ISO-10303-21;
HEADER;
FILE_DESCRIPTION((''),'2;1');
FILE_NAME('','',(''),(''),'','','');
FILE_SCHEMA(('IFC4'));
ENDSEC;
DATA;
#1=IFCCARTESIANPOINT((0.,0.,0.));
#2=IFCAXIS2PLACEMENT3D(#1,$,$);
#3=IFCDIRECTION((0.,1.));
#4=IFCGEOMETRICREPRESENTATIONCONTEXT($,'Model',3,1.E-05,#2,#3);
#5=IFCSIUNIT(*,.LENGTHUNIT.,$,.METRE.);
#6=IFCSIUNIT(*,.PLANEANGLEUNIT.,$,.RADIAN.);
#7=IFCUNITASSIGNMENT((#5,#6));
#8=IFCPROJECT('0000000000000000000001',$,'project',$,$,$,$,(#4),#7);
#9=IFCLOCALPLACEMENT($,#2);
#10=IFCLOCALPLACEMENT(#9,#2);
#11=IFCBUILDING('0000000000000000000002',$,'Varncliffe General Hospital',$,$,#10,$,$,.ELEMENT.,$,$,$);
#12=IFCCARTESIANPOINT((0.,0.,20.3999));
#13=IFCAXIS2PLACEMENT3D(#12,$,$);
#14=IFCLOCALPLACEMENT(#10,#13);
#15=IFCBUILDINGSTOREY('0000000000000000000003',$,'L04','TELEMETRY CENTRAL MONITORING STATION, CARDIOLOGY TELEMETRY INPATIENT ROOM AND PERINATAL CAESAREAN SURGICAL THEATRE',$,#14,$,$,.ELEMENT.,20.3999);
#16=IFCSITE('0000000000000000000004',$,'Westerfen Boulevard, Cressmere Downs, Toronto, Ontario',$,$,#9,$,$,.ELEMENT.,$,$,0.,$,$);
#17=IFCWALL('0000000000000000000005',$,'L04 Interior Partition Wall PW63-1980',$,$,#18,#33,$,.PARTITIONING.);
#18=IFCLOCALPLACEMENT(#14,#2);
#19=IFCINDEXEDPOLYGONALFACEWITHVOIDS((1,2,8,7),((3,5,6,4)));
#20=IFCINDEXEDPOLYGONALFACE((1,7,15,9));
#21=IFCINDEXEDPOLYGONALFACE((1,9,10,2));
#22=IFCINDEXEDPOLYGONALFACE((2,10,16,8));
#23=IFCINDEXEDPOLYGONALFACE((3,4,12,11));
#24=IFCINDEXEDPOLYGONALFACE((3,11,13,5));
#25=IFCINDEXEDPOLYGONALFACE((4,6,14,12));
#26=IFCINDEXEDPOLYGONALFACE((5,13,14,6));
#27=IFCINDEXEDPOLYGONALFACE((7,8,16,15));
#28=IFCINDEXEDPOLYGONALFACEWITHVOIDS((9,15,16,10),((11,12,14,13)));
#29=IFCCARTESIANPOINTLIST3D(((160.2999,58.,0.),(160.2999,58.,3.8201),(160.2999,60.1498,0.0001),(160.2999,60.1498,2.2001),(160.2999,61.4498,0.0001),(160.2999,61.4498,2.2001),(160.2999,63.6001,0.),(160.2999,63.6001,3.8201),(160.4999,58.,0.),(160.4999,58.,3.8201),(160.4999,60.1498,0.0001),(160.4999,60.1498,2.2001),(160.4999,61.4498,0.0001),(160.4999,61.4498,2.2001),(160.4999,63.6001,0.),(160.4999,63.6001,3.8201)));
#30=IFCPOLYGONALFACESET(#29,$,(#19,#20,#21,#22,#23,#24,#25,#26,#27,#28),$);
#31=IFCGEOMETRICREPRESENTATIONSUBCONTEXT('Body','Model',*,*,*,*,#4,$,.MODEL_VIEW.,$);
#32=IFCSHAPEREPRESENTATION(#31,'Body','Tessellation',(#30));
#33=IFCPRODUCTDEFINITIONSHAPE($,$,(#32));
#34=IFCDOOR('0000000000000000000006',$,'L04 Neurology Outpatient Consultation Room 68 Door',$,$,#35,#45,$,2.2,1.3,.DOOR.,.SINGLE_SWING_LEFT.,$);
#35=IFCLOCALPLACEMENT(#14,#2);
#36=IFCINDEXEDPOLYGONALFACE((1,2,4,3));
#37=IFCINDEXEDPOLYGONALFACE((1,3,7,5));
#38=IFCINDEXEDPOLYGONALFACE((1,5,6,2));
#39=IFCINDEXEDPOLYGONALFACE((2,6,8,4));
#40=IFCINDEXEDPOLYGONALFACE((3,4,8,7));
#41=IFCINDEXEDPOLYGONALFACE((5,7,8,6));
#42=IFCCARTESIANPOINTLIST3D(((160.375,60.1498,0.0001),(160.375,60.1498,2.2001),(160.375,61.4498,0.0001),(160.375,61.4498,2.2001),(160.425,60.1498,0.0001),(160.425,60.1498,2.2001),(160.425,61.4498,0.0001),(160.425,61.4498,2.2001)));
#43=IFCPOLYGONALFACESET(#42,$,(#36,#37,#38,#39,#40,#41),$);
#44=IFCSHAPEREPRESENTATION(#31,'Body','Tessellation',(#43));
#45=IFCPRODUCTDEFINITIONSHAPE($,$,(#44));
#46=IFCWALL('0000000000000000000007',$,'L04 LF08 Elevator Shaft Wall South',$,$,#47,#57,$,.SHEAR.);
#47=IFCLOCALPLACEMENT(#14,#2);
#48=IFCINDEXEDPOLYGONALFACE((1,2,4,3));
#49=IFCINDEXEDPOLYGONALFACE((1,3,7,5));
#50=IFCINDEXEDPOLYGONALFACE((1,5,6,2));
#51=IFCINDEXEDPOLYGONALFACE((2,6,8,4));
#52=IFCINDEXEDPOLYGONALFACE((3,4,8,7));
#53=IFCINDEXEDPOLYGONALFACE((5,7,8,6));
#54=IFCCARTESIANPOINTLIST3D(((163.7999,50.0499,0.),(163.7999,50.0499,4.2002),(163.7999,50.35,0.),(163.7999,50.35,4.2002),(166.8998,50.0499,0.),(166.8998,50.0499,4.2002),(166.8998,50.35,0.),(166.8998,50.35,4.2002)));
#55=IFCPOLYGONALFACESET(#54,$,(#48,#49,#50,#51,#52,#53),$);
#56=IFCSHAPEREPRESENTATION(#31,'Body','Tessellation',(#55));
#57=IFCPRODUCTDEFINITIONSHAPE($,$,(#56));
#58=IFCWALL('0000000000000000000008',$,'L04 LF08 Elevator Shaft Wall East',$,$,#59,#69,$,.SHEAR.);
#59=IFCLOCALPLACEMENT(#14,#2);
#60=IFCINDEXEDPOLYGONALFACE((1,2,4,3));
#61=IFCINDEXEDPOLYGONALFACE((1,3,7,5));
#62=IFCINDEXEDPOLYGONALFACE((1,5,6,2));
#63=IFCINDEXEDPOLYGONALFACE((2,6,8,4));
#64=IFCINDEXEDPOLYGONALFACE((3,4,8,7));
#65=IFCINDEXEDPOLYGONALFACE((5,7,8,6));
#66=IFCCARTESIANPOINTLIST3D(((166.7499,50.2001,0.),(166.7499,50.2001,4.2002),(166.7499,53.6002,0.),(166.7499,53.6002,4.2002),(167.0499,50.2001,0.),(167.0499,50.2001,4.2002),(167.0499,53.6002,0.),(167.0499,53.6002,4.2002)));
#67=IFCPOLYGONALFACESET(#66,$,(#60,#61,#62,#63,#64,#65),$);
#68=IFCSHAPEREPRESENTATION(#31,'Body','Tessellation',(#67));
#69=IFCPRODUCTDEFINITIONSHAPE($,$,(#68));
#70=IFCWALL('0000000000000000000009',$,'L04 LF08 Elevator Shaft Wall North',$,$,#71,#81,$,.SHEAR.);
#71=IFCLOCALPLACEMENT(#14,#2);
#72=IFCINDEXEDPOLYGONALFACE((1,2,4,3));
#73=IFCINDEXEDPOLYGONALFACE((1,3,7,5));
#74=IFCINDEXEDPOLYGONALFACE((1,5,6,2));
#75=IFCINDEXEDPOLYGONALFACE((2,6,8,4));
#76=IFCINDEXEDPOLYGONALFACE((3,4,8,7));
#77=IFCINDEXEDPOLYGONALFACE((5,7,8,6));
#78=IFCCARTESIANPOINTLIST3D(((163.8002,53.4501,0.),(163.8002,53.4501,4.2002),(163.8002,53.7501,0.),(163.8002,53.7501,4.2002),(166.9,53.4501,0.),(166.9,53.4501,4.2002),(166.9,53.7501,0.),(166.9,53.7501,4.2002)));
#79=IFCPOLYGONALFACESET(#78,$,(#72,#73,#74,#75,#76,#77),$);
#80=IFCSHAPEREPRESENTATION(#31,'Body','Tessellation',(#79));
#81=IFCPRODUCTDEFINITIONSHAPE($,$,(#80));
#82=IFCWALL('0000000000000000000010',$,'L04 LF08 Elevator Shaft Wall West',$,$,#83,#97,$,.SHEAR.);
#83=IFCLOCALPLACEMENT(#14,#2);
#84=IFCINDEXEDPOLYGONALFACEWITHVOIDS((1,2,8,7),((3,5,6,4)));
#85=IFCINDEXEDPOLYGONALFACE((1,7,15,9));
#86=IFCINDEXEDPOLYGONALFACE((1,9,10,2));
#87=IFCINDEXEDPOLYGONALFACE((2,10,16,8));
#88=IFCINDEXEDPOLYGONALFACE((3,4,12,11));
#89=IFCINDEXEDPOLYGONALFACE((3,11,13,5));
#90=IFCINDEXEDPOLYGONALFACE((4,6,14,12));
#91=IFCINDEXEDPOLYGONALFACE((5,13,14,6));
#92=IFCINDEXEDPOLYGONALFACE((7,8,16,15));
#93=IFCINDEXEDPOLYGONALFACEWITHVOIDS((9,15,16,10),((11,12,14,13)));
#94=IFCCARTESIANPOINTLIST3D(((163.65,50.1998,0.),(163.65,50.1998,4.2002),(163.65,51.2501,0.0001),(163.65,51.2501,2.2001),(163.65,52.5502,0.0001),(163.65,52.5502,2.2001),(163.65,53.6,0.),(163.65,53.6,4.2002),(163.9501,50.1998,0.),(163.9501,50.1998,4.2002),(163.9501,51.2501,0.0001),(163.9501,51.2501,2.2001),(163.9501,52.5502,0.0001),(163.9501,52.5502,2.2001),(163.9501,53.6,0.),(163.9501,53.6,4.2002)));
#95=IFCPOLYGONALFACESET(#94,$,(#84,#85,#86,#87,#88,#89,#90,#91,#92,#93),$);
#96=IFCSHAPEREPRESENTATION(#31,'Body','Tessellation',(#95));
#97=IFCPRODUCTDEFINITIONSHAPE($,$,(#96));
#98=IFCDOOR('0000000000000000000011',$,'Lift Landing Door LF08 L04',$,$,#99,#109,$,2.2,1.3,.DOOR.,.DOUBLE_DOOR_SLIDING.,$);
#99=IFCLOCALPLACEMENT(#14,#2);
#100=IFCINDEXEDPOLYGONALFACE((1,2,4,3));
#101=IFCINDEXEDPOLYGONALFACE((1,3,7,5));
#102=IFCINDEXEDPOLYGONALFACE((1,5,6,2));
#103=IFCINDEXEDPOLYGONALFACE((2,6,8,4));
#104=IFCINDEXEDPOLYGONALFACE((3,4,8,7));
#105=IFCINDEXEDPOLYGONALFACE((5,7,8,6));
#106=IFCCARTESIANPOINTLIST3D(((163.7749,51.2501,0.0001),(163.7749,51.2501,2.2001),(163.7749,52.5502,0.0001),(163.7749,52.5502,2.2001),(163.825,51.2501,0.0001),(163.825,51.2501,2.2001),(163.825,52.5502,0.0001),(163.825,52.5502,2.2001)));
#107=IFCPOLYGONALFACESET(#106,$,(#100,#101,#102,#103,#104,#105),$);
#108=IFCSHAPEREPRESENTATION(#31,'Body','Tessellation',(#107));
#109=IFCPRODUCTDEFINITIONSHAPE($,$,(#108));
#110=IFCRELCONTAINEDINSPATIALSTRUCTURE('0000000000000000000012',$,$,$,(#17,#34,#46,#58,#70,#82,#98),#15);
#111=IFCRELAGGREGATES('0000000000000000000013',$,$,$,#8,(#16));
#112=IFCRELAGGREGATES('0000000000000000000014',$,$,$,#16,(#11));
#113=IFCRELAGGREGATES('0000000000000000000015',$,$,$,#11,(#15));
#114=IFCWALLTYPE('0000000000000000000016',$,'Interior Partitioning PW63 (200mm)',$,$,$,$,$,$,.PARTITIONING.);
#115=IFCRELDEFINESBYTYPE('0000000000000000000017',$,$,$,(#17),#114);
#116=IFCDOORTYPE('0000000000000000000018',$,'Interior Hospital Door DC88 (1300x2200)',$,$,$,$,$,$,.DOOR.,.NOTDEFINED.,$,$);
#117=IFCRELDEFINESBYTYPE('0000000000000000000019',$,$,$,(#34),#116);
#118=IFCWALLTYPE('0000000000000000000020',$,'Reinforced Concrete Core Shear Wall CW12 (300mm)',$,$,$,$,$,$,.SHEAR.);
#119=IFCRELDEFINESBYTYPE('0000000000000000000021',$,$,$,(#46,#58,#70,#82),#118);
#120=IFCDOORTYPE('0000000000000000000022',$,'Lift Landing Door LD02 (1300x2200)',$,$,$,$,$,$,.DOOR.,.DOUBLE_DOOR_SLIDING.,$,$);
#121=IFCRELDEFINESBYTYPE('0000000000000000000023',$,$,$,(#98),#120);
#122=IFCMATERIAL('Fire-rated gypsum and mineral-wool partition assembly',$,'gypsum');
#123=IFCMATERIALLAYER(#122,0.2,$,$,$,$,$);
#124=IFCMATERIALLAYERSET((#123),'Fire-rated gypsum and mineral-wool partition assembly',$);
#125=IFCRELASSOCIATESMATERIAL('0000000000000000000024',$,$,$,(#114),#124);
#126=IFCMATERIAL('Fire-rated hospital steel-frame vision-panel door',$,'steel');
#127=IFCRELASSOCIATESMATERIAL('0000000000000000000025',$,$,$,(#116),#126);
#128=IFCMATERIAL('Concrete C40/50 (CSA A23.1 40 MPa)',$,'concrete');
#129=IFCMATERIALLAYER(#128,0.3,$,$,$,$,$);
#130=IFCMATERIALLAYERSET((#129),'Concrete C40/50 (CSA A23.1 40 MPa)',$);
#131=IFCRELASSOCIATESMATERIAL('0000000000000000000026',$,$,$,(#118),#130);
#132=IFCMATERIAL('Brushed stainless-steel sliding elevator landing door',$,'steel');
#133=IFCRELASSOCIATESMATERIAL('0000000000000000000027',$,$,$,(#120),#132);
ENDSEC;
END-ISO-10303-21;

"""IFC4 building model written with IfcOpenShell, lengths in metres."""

from ifc_helpers import new_model, si_unit, direction, frame, frame_2d, origin, place, context, subcontext, project, spatial, rectangle, extrude, material, layer, layer_set, type_object, element, fill, save


model = new_model("IFC4")

# Units and contexts
model_context = context("Model", 3, precision=1e-05, world=origin(), true_north=direction((0.0, 1.0)))
body_context = subcontext(model_context, "Body", "Model", "MODEL_VIEW")
ifc_project = project(units=[si_unit("LENGTHUNIT", "METRE"), si_unit("PLANEANGLEUNIT", "RADIAN")], contexts=[model_context])

# Site, building, storey
site_placement = place(None, origin())
site = spatial("IfcSite", under=ifc_project, at=site_placement, Name="Westerfen Boulevard, Cressmere Downs, Toronto, Ontario", CompositionType="ELEMENT", RefElevation=0.0)
building_placement = place(site_placement, origin())
building = spatial("IfcBuilding", under=site, at=building_placement, Name="Varncliffe General Hospital", CompositionType="ELEMENT")
storey_placement = place(building_placement, frame((0.0, 0.0, 20.3999)))
storey = spatial("IfcBuildingStorey", under=building, at=storey_placement, Name="L04", Description="TELEMETRY CENTRAL MONITORING STATION, CARDIOLOGY TELEMETRY INPATIENT ROOM AND PERINATAL CAESAREAN SURGICAL THEATRE", CompositionType="ELEMENT", Elevation=20.3999)

# Shared definitions
ifc_material_1 = material(Name="Concrete C40/50 (CSA A23.1 40 MPa)", Category="concrete")

# Wall, opening, door
ifc_material_2 = material(Name="Fire-rated gypsum and mineral-wool partition assembly", Category="gypsum")
ifc_layer_1 = layer(ifc_material_2, 0.2)
ifc_layer_set_1 = layer_set([ifc_layer_1], Name="Fire-rated gypsum and mineral-wool partition assembly")
wall_type_1 = type_object("IfcWallType", Name="Interior Partitioning PW63 (200mm)", PredefinedType="PARTITIONING", material=ifc_layer_set_1)
ifc_material_3 = material(Name="Fire-rated hospital steel-frame vision-panel door", Category="steel")
wall_1_placement = place(storey_placement, frame((160.3999, 58.0, 0.0), z_axis=(0.0, 0.0, 1.0), x_axis=(0.0, 1.0, 0.0)))
wall_1 = element("IfcWall", 1, at=wall_1_placement, inside=storey, type_object=wall_type_1, Name="L04 Interior Partition Wall PW63-1980", PredefinedType="PARTITIONING", context=body_context, shape_type="SweptSolid", body=[
    extrude(rectangle(XDim=5.6001, YDim=0.2, at=frame_2d((2.8, 0.0))), origin(), (0.0, 0.0, 1.0), 3.8201),
])
opening_1_placement = place(wall_1_placement, frame((2.1499, 0.0, 0.0)))
opening_1 = element("IfcOpeningElement", 2, at=opening_1_placement, cuts=wall_1, PredefinedType="OPENING", context=body_context, shape_type="SweptSolid", body=[
    extrude(rectangle(XDim=1.3, YDim=2.2, at=frame_2d((0.6499, 1.1001))), frame((0.0, 0.1099, 0.0), z_axis=(0.0, -1.0, 0.0), x_axis=(1.0, 0.0, 0.0)), (0.0, 0.0, 1.0), 0.22),
])
door_type_1 = type_object("IfcDoorType", Name="Interior Hospital Door DC88 (1300x2200)", OperationType="NOTDEFINED", PredefinedType="DOOR", material=ifc_material_3)
door_1_placement = place(opening_1_placement, origin())
door_1 = element("IfcDoor", 3, at=door_1_placement, inside=storey, type_object=door_type_1, Name="L04 Neurology Outpatient Consultation Room 68 Door", OperationType="SINGLE_SWING_LEFT", OverallHeight=2.2, OverallWidth=1.3, PredefinedType="DOOR", context=body_context, shape_type="SweptSolid", body=[
    extrude(rectangle(XDim=1.3, YDim=2.2, at=frame_2d((0.6499, 1.1001))), frame((0.0, 0.0249, 0.0), z_axis=(0.0, -1.0, 0.0), x_axis=(1.0, 0.0, 0.0)), (0.0, 0.0, 1.0), 0.05),
])
fill(opening_1, door_1)

# Walls
ifc_layer_2 = layer(ifc_material_1, 0.3)
ifc_layer_set_2 = layer_set([ifc_layer_2], Name="Concrete C40/50 (CSA A23.1 40 MPa)")
wall_type_2 = type_object("IfcWallType", Name="Reinforced Concrete Core Shear Wall CW12 (300mm)", PredefinedType="SHEAR", material=ifc_layer_set_2)
wall_2_placement = place(storey_placement, frame((163.8, 50.2, 0.0), z_axis=(0.0, 0.0, 1.0), x_axis=(1.0, 0.0, 0.0)))
element("IfcWall", 4, at=wall_2_placement, inside=storey, type_object=wall_type_2, Name="L04 LF08 Elevator Shaft Wall South", PredefinedType="SHEAR", context=body_context, shape_type="SweptSolid", body=[
    extrude(rectangle(XDim=3.0999, YDim=0.3, at=frame_2d((1.5498, 0.0))), origin(), (0.0, 0.0, 1.0), 4.2002),
])
wall_3_placement = place(storey_placement, frame((166.8999, 50.2, 0.0), z_axis=(0.0, 0.0, 1.0), x_axis=(0.0, 1.0, 0.0)))
element("IfcWall", 5, at=wall_3_placement, inside=storey, type_object=wall_type_2, Name="L04 LF08 Elevator Shaft Wall East", PredefinedType="SHEAR", context=body_context, shape_type="SweptSolid", body=[
    extrude(rectangle(XDim=3.4001, YDim=0.3, at=frame_2d((1.7002, 0.0))), origin(), (0.0, 0.0, 1.0), 4.2002),
])
wall_4_placement = place(storey_placement, frame((166.8999, 53.6001, 0.0), z_axis=(0.0, 0.0, 1.0), x_axis=(-1.0, 0.0, 0.0)))
element("IfcWall", 6, at=wall_4_placement, inside=storey, type_object=wall_type_2, Name="L04 LF08 Elevator Shaft Wall North", PredefinedType="SHEAR", context=body_context, shape_type="SweptSolid", body=[
    extrude(rectangle(XDim=3.0999, YDim=0.3, at=frame_2d((1.5498, 0.0))), origin(), (0.0, 0.0, 1.0), 4.2002),
])

# Wall, opening, door
wall_5_placement = place(storey_placement, frame((163.8, 53.6001, 0.0), z_axis=(0.0, 0.0, 1.0), x_axis=(0.0, -1.0, 0.0)))
wall_5 = element("IfcWall", 7, at=wall_5_placement, inside=storey, type_object=wall_type_2, Name="L04 LF08 Elevator Shaft Wall West", PredefinedType="SHEAR", context=body_context, shape_type="SweptSolid", body=[
    extrude(rectangle(XDim=3.4001, YDim=0.3, at=frame_2d((1.7002, 0.0))), origin(), (0.0, 0.0, 1.0), 4.2002),
])
opening_2_placement = place(wall_5_placement, frame((1.05, 0.0, 0.0)))
opening_2 = element("IfcOpeningElement", 8, at=opening_2_placement, cuts=wall_5, PredefinedType="OPENING", context=body_context, shape_type="SweptSolid", body=[
    extrude(rectangle(XDim=1.3, YDim=2.2, at=frame_2d((0.6499, 1.1001))), frame((0.0, 0.1602, 0.0), z_axis=(0.0, -1.0, 0.0), x_axis=(1.0, 0.0, 0.0)), (0.0, 0.0, 1.0), 0.3201),
])
ifc_material_4 = material(Name="Brushed stainless-steel sliding elevator landing door", Category="steel")
door_type_2 = type_object("IfcDoorType", Name="Lift Landing Door LD02 (1300x2200)", OperationType="DOUBLE_DOOR_SLIDING", PredefinedType="DOOR", material=ifc_material_4)
door_2_placement = place(opening_2_placement, origin())
door_2 = element("IfcDoor", 9, at=door_2_placement, inside=storey, type_object=door_type_2, Name="Lift Landing Door LF08 L04", OperationType="DOUBLE_DOOR_SLIDING", OverallHeight=2.2, OverallWidth=1.3, PredefinedType="DOOR", context=body_context, shape_type="SweptSolid", body=[
    extrude(rectangle(XDim=1.3, YDim=2.2, at=frame_2d((0.6499, 1.1001))), frame((0.0, 0.0249, 0.0), z_axis=(0.0, -1.0, 0.0), x_axis=(1.0, 0.0, 0.0)), (0.0, 0.0, 1.0), 0.05),
])
fill(opening_2, door_2)

save(model, "model.ifc")
